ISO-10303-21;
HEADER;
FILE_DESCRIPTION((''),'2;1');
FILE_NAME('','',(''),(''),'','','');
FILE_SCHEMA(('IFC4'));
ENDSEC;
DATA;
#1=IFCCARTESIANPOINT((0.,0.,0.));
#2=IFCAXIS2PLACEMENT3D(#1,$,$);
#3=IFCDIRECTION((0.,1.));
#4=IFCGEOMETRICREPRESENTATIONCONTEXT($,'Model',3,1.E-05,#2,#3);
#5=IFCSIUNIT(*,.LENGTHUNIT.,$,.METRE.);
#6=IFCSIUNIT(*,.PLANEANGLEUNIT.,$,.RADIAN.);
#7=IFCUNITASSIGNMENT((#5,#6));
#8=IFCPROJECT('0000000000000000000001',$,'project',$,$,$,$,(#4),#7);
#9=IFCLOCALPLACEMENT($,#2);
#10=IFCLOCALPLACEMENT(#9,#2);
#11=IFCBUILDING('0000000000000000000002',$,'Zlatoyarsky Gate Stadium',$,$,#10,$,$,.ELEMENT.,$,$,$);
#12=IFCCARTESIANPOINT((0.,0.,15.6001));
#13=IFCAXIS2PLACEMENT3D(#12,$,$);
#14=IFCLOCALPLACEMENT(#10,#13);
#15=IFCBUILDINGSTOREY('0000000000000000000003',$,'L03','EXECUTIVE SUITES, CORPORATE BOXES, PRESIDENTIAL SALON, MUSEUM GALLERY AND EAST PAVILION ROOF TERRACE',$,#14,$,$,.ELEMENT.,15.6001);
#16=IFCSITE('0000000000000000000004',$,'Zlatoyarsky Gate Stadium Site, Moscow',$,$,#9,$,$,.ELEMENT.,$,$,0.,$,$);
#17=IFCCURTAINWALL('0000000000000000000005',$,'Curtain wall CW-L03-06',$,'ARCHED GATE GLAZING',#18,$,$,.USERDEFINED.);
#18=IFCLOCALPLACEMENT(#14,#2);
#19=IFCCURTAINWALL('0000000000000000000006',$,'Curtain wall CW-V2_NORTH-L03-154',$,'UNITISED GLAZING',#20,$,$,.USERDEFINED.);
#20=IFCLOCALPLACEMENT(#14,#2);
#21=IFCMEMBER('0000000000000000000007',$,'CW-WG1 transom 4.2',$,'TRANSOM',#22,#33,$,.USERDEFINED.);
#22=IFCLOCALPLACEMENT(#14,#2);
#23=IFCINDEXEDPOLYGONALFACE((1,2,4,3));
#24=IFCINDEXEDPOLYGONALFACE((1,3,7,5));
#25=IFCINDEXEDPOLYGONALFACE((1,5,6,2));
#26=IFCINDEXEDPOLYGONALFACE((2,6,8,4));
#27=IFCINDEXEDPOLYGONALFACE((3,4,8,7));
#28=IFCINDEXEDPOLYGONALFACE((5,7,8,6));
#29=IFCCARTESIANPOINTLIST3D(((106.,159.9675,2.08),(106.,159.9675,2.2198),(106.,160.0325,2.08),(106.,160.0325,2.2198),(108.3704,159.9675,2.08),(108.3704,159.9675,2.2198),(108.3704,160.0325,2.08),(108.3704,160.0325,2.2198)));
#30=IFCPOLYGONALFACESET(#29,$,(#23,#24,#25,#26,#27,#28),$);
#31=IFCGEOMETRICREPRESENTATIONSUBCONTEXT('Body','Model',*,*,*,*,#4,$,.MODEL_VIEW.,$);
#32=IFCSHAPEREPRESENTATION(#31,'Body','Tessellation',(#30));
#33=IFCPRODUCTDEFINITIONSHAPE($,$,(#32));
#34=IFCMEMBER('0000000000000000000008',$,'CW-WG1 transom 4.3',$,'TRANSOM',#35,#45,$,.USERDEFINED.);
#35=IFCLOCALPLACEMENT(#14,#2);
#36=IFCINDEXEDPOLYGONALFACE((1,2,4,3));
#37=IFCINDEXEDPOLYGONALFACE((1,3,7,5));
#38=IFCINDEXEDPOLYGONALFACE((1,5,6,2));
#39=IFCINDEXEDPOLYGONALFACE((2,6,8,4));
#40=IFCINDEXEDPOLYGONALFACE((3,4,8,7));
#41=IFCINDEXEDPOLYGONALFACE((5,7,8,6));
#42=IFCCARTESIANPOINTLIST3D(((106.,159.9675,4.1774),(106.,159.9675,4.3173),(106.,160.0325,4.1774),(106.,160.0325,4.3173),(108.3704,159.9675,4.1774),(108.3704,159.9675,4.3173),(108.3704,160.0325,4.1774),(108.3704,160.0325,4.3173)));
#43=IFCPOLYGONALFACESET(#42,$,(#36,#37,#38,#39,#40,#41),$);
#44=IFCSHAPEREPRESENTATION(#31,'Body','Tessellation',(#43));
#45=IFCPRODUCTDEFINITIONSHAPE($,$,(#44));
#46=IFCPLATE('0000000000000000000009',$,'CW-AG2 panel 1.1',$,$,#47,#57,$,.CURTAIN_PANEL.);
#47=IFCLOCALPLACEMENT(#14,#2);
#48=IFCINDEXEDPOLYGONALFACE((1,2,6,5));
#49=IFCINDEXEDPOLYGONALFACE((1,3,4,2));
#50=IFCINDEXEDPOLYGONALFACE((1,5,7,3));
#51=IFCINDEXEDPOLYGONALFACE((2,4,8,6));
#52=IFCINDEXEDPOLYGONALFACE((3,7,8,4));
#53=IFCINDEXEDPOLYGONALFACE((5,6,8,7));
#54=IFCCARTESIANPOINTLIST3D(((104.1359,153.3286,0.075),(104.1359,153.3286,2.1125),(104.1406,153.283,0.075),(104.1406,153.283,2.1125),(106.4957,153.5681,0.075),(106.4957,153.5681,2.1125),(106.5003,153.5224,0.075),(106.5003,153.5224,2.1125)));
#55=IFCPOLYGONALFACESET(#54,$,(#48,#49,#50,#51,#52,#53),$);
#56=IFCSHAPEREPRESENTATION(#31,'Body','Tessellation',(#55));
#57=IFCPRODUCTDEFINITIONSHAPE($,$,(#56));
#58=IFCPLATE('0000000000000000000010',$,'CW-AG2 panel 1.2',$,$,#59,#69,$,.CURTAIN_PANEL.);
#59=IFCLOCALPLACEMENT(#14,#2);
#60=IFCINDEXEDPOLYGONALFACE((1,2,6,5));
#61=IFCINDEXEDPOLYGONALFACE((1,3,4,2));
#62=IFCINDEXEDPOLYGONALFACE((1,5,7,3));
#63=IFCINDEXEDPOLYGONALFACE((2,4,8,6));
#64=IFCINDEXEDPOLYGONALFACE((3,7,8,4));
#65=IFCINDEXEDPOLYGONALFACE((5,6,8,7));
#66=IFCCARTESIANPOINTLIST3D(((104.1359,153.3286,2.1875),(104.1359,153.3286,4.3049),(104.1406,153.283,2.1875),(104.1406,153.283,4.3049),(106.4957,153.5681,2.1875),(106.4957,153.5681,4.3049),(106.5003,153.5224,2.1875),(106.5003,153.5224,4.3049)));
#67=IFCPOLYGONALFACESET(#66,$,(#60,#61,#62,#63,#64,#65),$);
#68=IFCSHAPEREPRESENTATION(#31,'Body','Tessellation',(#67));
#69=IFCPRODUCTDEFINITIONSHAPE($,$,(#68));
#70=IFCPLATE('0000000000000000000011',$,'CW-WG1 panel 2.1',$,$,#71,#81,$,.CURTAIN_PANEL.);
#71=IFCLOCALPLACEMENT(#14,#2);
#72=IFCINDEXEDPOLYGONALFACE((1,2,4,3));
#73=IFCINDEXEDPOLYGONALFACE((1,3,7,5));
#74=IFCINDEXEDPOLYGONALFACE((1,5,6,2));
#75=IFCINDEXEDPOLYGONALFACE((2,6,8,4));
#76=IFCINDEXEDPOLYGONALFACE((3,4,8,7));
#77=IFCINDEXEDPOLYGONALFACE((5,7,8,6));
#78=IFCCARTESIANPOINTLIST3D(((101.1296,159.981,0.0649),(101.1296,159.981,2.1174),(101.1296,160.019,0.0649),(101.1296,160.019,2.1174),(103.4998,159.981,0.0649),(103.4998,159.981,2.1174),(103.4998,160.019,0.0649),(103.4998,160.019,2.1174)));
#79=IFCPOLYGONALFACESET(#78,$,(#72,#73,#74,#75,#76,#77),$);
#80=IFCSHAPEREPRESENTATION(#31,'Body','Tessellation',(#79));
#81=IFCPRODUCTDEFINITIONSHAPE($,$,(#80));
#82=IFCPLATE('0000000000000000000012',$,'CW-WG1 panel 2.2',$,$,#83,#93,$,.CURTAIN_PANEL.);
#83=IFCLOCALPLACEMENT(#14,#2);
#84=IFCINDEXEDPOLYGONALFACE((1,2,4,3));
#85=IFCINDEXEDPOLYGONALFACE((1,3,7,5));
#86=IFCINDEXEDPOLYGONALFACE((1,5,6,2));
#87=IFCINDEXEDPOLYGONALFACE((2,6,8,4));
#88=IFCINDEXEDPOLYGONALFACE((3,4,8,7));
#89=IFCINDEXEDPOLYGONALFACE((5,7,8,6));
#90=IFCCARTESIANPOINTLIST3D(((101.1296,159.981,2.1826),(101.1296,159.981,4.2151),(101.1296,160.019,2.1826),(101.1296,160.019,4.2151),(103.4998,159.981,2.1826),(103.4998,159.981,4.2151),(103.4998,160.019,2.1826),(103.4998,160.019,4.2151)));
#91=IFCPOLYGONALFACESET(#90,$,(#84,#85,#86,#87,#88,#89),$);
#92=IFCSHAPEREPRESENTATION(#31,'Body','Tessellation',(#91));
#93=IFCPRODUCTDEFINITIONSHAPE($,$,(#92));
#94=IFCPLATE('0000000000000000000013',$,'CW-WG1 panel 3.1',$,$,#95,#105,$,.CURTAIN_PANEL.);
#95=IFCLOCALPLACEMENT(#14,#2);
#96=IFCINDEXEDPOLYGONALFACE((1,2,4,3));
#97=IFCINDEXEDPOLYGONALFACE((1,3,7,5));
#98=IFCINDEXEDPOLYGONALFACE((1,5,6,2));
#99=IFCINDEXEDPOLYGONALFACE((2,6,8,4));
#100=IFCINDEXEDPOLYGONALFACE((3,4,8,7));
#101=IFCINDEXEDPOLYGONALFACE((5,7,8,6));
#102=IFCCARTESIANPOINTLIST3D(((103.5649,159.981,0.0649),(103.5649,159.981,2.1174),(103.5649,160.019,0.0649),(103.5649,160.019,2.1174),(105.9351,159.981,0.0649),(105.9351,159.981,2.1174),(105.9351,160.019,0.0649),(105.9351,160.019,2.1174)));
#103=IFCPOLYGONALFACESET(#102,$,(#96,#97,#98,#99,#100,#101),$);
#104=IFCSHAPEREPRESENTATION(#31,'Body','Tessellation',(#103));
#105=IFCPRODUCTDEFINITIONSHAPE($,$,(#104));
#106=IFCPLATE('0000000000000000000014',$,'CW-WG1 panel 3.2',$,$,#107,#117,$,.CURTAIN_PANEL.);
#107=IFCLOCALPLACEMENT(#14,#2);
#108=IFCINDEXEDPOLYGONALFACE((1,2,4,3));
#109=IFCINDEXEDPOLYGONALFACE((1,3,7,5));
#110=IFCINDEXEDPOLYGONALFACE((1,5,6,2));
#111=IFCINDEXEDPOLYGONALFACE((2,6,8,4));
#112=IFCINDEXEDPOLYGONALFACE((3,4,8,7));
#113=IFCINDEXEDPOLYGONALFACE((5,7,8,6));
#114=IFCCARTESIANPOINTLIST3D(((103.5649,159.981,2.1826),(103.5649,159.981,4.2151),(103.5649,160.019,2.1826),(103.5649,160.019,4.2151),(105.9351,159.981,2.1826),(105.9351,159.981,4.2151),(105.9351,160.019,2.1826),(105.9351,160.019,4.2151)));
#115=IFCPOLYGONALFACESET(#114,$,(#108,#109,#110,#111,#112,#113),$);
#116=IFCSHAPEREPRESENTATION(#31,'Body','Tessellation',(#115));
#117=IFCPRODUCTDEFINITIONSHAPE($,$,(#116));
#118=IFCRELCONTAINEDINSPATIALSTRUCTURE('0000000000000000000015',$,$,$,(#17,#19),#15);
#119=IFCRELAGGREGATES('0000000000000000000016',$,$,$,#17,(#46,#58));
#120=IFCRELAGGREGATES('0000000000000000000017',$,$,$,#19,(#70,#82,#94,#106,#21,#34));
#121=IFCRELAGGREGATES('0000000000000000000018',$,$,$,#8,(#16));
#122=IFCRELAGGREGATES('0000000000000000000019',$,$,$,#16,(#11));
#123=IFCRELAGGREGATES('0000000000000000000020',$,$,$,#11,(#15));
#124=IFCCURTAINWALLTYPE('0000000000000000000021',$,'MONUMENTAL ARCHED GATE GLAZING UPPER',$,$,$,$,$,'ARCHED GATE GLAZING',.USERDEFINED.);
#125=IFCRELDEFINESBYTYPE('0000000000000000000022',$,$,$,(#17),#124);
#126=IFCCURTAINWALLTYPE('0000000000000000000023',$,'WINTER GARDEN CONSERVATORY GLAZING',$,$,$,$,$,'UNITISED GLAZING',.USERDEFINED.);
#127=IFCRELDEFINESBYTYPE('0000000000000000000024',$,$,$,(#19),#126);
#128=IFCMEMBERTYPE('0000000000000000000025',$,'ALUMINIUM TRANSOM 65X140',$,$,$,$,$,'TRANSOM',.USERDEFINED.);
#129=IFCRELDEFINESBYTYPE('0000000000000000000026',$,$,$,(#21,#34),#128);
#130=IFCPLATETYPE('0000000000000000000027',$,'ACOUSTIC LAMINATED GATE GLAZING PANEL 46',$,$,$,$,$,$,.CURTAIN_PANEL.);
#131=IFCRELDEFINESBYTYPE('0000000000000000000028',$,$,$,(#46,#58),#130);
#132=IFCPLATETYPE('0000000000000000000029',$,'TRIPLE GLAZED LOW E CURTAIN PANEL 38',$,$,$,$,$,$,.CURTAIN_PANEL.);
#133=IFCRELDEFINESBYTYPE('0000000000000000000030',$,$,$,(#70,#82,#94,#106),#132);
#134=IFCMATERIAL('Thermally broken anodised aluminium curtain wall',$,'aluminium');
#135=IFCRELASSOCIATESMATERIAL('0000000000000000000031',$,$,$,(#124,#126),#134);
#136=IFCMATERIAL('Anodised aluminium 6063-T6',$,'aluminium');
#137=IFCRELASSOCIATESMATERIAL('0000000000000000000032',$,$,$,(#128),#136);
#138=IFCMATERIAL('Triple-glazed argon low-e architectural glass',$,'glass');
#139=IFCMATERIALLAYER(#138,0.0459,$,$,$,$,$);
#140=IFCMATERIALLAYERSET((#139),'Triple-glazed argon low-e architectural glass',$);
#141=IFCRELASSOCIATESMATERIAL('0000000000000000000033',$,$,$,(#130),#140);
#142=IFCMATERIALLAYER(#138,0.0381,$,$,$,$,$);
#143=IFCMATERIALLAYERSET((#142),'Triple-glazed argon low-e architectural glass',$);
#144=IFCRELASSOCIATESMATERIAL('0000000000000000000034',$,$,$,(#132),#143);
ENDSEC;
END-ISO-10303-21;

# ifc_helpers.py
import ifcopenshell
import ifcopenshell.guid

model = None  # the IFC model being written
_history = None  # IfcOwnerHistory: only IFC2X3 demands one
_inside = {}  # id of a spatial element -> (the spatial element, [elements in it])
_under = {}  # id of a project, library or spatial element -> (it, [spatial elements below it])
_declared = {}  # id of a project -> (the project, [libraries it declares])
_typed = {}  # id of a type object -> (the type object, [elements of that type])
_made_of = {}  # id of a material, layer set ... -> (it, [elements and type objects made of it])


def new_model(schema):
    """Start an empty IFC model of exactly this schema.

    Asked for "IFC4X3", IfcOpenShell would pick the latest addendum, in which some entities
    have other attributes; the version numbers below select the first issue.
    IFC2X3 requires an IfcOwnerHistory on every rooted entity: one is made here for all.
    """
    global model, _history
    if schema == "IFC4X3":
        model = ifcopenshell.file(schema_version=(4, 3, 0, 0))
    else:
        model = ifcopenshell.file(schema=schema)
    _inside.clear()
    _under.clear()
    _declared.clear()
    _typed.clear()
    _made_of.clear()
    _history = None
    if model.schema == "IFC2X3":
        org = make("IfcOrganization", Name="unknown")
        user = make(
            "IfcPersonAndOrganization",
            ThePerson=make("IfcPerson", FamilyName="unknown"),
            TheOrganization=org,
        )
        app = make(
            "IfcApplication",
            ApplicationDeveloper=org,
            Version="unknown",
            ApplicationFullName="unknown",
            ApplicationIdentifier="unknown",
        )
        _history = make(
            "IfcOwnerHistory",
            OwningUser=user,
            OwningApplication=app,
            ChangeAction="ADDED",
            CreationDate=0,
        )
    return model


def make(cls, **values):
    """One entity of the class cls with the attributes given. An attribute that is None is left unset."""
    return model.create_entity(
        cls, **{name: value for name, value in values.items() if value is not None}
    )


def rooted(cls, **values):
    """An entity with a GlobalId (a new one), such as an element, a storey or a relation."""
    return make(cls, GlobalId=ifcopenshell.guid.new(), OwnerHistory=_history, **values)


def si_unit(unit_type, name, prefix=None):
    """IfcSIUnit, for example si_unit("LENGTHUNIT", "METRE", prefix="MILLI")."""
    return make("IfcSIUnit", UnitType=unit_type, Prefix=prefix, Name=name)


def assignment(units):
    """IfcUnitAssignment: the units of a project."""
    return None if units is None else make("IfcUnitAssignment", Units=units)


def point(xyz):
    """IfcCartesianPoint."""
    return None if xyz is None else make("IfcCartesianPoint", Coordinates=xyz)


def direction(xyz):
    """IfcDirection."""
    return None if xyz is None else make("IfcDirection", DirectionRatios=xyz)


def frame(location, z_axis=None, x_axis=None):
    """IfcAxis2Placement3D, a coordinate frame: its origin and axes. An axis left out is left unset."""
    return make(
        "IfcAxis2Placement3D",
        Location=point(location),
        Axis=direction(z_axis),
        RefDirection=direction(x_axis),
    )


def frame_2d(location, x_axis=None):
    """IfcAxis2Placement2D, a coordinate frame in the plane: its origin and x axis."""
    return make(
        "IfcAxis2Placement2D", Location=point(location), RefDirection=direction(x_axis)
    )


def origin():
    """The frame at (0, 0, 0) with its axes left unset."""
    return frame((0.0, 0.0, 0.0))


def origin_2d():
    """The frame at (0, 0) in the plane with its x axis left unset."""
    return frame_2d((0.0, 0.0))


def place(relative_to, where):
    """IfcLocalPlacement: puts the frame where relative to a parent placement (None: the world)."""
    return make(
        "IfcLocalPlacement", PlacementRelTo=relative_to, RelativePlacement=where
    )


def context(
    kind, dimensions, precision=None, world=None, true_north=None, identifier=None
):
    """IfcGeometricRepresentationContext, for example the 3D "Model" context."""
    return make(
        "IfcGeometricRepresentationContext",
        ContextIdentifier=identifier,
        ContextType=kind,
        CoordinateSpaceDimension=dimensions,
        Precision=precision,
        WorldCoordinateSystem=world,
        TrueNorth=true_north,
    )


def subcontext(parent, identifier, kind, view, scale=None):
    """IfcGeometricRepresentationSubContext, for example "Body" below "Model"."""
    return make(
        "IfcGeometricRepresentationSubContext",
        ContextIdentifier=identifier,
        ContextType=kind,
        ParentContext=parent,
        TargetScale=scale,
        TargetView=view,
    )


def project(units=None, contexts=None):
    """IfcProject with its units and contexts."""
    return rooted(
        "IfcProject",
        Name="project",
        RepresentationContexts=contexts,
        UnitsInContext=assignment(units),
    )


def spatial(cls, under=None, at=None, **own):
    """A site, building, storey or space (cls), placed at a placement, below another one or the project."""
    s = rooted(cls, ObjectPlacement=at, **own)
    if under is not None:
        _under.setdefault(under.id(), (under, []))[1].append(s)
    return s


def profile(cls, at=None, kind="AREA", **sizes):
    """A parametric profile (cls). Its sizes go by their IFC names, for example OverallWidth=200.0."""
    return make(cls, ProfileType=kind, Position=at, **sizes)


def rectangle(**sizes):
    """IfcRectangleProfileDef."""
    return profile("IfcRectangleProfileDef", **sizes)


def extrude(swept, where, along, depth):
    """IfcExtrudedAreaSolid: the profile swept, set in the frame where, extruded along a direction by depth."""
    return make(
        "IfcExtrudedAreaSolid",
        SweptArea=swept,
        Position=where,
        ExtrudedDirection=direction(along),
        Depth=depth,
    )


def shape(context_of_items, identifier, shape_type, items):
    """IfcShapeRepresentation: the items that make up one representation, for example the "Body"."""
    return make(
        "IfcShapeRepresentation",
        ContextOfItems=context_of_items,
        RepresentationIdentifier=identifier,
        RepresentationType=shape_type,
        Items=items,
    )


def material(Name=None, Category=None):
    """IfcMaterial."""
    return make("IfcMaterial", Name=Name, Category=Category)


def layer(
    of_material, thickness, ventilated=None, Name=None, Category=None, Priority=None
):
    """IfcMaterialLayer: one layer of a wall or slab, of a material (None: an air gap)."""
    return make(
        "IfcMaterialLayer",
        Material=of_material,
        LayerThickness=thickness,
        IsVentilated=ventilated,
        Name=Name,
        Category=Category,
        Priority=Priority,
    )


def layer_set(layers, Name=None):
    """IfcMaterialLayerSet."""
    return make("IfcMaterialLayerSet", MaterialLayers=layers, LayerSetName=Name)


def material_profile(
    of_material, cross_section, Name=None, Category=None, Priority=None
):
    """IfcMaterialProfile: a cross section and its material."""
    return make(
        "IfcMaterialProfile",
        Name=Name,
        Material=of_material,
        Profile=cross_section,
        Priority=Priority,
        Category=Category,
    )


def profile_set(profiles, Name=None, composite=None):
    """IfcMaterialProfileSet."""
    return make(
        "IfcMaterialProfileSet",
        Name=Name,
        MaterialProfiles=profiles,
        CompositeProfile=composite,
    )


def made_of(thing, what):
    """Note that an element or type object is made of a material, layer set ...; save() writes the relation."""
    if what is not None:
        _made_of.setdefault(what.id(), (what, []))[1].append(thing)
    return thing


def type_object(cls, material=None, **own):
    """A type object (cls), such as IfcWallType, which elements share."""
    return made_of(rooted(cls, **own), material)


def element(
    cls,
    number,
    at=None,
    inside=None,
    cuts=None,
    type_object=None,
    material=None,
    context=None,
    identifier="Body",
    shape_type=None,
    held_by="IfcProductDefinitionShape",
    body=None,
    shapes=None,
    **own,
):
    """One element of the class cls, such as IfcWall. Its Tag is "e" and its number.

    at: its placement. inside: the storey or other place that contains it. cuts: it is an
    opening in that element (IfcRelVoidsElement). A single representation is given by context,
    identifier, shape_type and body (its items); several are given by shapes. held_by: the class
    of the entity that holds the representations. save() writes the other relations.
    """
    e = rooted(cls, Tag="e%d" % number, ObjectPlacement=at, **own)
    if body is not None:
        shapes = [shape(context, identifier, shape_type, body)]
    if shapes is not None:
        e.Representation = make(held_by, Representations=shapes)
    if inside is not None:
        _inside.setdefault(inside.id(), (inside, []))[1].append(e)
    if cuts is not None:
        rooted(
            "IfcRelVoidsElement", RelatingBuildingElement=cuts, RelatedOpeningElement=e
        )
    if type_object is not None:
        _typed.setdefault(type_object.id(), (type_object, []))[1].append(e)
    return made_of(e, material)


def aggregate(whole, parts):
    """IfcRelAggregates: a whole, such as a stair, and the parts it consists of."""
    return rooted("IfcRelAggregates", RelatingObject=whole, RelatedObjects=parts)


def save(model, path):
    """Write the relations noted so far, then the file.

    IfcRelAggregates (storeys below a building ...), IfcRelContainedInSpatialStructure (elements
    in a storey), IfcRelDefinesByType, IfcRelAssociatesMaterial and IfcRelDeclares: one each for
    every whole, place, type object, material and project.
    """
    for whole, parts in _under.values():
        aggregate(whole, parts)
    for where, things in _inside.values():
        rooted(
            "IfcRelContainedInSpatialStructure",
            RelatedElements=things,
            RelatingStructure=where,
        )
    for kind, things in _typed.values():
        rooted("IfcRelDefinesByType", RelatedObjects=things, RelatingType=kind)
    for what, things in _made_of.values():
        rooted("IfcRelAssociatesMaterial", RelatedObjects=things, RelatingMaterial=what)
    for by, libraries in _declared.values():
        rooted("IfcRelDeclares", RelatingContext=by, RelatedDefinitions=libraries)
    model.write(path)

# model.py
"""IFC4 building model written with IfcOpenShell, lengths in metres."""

from ifc_helpers import new_model, si_unit, direction, frame, origin, origin_2d, place, context, subcontext, project, spatial, rectangle, extrude, material, layer, layer_set, material_profile, profile_set, type_object, element, aggregate, save


model = new_model("IFC4")

# Units and contexts
model_context = context("Model", 3, precision=1e-05, world=origin(), true_north=direction((0.0, 1.0)))
body_context = subcontext(model_context, "Body", "Model", "MODEL_VIEW")
ifc_project = project(units=[si_unit("LENGTHUNIT", "METRE"), si_unit("PLANEANGLEUNIT", "RADIAN")], contexts=[model_context])

# Site, building, storey
site_placement = place(None, origin())
site = spatial("IfcSite", under=ifc_project, at=site_placement, Name="Zlatoyarsky Gate Stadium Site, Moscow", CompositionType="ELEMENT", RefElevation=0.0)
building_placement = place(site_placement, origin())
building = spatial("IfcBuilding", under=site, at=building_placement, Name="Zlatoyarsky Gate Stadium", CompositionType="ELEMENT")
storey_placement = place(building_placement, frame((0.0, 0.0, 15.6001)))
storey = spatial("IfcBuildingStorey", under=building, at=storey_placement, Name="L03", Description="EXECUTIVE SUITES, CORPORATE BOXES, PRESIDENTIAL SALON, MUSEUM GALLERY AND EAST PAVILION ROOF TERRACE", CompositionType="ELEMENT", Elevation=15.6001)

# Curtain walls, members
ifc_material_1 = material(Name="Thermally broken anodised aluminium curtain wall", Category="aluminium")
curtain_wall_type_1 = type_object("IfcCurtainWallType", Name="MONUMENTAL ARCHED GATE GLAZING UPPER", ElementType="ARCHED GATE GLAZING", PredefinedType="USERDEFINED", material=ifc_material_1)
curtain_wall_1_placement = place(storey_placement, origin())
curtain_wall_1 = element("IfcCurtainWall", 1, at=curtain_wall_1_placement, inside=storey, type_object=curtain_wall_type_1, Name="Curtain wall CW-L03-06", ObjectType="ARCHED GATE GLAZING", PredefinedType="USERDEFINED")
ifc_material_2 = material(Name="Anodised aluminium 6063-T6", Category="aluminium")
curtain_wall_type_2 = type_object("IfcCurtainWallType", Name="WINTER GARDEN CONSERVATORY GLAZING", ElementType="UNITISED GLAZING", PredefinedType="USERDEFINED", material=ifc_material_1)
curtain_wall_2_placement = place(storey_placement, origin())
curtain_wall_2 = element("IfcCurtainWall", 2, at=curtain_wall_2_placement, inside=storey, type_object=curtain_wall_type_2, Name="Curtain wall CW-V2_NORTH-L03-154", ObjectType="UNITISED GLAZING", PredefinedType="USERDEFINED")
ifc_material_profile_1 = material_profile(ifc_material_2, rectangle(XDim=0.0649, YDim=0.1399, at=origin_2d()), Name="ALU 65X140")
ifc_profile_set_1 = profile_set([ifc_material_profile_1], Name="Anodised aluminium 6063-T6")
member_type_1 = type_object("IfcMemberType", Name="ALUMINIUM TRANSOM 65X140", ElementType="TRANSOM", PredefinedType="USERDEFINED", material=ifc_profile_set_1)
member_1_placement = place(storey_placement, frame((106.0, 160.0, 2.1499), z_axis=(1.0, 0.0, 0.0), x_axis=(0.0, 1.0, 0.0)))
member_1 = element("IfcMember", 3, at=member_1_placement, type_object=member_type_1, Name="CW-WG1 transom 4.2", ObjectType="TRANSOM", PredefinedType="USERDEFINED", context=body_context, shape_type="SweptSolid", body=[
    extrude(rectangle(XDim=0.0649, YDim=0.1399, at=origin_2d()), origin(), (0.0, 0.0, 1.0), 2.3704),
])
member_2_placement = place(storey_placement, frame((106.0, 160.0, 4.2473), z_axis=(1.0, 0.0, 0.0), x_axis=(0.0, 1.0, 0.0)))
member_2 = element("IfcMember", 4, at=member_2_placement, type_object=member_type_1, Name="CW-WG1 transom 4.3", ObjectType="TRANSOM", PredefinedType="USERDEFINED", context=body_context, shape_type="SweptSolid", body=[
    extrude(rectangle(XDim=0.0649, YDim=0.1399, at=origin_2d()), origin(), (0.0, 0.0, 1.0), 2.3704),
])

# Plates
ifc_material_3 = material(Name="Triple-glazed argon low-e architectural glass", Category="glass")
ifc_layer_1 = layer(ifc_material_3, 0.0459)
ifc_layer_set_1 = layer_set([ifc_layer_1], Name="Triple-glazed argon low-e architectural glass")
plate_type_1 = type_object("IfcPlateType", Name="ACOUSTIC LAMINATED GATE GLAZING PANEL 46", PredefinedType="CURTAIN_PANEL", material=ifc_layer_set_1)
plate_1_placement = place(storey_placement, frame((105.3181, 153.4255, 0.075), z_axis=(0.0, 0.0, 1.0), x_axis=(-0.99489, -0.100967, 0.0)))
plate_1 = element("IfcPlate", 5, at=plate_1_placement, type_object=plate_type_1, Name="CW-AG2 panel 1.1", PredefinedType="CURTAIN_PANEL", context=body_context, shape_type="SweptSolid", body=[
    extrude(rectangle(XDim=2.3718, YDim=0.0459, at=origin_2d()), origin(), (0.0, 0.0, 1.0), 2.0376),
])
plate_2_placement = place(storey_placement, frame((105.3181, 153.4255, 2.1875), z_axis=(0.0, 0.0, 1.0), x_axis=(-0.99489, -0.100967, 0.0)))
plate_2 = element("IfcPlate", 6, at=plate_2_placement, type_object=plate_type_1, Name="CW-AG2 panel 1.2", PredefinedType="CURTAIN_PANEL", context=body_context, shape_type="SweptSolid", body=[
    extrude(rectangle(XDim=2.3718, YDim=0.0459, at=origin_2d()), origin(), (0.0, 0.0, 1.0), 2.1174),
])
aggregate(curtain_wall_1, [plate_1, plate_2])
ifc_layer_2 = layer(ifc_material_3, 0.0381)
ifc_layer_set_2 = layer_set([ifc_layer_2], Name="Triple-glazed argon low-e architectural glass")
plate_type_2 = type_object("IfcPlateType", Name="TRIPLE GLAZED LOW E CURTAIN PANEL 38", PredefinedType="CURTAIN_PANEL", material=ifc_layer_set_2)
plate_3_placement = place(storey_placement, frame((102.3147, 160.0, 0.0649), z_axis=(0.0, 0.0, 1.0), x_axis=(1.0, 0.0, 0.0)))
plate_3 = element("IfcPlate", 7, at=plate_3_placement, type_object=plate_type_2, Name="CW-WG1 panel 2.1", PredefinedType="CURTAIN_PANEL", context=body_context, shape_type="SweptSolid", body=[
    extrude(rectangle(XDim=2.3701, YDim=0.0381, at=origin_2d()), origin(), (0.0, 0.0, 1.0), 2.0525),
])
plate_4_placement = place(storey_placement, frame((102.3147, 160.0, 2.1826), z_axis=(0.0, 0.0, 1.0), x_axis=(1.0, 0.0, 0.0)))
plate_4 = element("IfcPlate", 8, at=plate_4_placement, type_object=plate_type_2, Name="CW-WG1 panel 2.2", PredefinedType="CURTAIN_PANEL", context=body_context, shape_type="SweptSolid", body=[
    extrude(rectangle(XDim=2.3701, YDim=0.0381, at=origin_2d()), origin(), (0.0, 0.0, 1.0), 2.0325),
])
plate_5_placement = place(storey_placement, frame((104.75, 160.0, 0.0649), z_axis=(0.0, 0.0, 1.0), x_axis=(1.0, 0.0, 0.0)))
plate_5 = element("IfcPlate", 9, at=plate_5_placement, type_object=plate_type_2, Name="CW-WG1 panel 3.1", PredefinedType="CURTAIN_PANEL", context=body_context, shape_type="SweptSolid", body=[
    extrude(rectangle(XDim=2.3701, YDim=0.0381, at=origin_2d()), origin(), (0.0, 0.0, 1.0), 2.0525),
])
plate_6_placement = place(storey_placement, frame((104.75, 160.0, 2.1826), z_axis=(0.0, 0.0, 1.0), x_axis=(1.0, 0.0, 0.0)))
plate_6 = element("IfcPlate", 10, at=plate_6_placement, type_object=plate_type_2, Name="CW-WG1 panel 3.2", PredefinedType="CURTAIN_PANEL", context=body_context, shape_type="SweptSolid", body=[
    extrude(rectangle(XDim=2.3701, YDim=0.0381, at=origin_2d()), origin(), (0.0, 0.0, 1.0), 2.0325),
])
aggregate(curtain_wall_2, [plate_3, plate_4, plate_5, plate_6, member_1, member_2])

save(model, "model.ifc")
